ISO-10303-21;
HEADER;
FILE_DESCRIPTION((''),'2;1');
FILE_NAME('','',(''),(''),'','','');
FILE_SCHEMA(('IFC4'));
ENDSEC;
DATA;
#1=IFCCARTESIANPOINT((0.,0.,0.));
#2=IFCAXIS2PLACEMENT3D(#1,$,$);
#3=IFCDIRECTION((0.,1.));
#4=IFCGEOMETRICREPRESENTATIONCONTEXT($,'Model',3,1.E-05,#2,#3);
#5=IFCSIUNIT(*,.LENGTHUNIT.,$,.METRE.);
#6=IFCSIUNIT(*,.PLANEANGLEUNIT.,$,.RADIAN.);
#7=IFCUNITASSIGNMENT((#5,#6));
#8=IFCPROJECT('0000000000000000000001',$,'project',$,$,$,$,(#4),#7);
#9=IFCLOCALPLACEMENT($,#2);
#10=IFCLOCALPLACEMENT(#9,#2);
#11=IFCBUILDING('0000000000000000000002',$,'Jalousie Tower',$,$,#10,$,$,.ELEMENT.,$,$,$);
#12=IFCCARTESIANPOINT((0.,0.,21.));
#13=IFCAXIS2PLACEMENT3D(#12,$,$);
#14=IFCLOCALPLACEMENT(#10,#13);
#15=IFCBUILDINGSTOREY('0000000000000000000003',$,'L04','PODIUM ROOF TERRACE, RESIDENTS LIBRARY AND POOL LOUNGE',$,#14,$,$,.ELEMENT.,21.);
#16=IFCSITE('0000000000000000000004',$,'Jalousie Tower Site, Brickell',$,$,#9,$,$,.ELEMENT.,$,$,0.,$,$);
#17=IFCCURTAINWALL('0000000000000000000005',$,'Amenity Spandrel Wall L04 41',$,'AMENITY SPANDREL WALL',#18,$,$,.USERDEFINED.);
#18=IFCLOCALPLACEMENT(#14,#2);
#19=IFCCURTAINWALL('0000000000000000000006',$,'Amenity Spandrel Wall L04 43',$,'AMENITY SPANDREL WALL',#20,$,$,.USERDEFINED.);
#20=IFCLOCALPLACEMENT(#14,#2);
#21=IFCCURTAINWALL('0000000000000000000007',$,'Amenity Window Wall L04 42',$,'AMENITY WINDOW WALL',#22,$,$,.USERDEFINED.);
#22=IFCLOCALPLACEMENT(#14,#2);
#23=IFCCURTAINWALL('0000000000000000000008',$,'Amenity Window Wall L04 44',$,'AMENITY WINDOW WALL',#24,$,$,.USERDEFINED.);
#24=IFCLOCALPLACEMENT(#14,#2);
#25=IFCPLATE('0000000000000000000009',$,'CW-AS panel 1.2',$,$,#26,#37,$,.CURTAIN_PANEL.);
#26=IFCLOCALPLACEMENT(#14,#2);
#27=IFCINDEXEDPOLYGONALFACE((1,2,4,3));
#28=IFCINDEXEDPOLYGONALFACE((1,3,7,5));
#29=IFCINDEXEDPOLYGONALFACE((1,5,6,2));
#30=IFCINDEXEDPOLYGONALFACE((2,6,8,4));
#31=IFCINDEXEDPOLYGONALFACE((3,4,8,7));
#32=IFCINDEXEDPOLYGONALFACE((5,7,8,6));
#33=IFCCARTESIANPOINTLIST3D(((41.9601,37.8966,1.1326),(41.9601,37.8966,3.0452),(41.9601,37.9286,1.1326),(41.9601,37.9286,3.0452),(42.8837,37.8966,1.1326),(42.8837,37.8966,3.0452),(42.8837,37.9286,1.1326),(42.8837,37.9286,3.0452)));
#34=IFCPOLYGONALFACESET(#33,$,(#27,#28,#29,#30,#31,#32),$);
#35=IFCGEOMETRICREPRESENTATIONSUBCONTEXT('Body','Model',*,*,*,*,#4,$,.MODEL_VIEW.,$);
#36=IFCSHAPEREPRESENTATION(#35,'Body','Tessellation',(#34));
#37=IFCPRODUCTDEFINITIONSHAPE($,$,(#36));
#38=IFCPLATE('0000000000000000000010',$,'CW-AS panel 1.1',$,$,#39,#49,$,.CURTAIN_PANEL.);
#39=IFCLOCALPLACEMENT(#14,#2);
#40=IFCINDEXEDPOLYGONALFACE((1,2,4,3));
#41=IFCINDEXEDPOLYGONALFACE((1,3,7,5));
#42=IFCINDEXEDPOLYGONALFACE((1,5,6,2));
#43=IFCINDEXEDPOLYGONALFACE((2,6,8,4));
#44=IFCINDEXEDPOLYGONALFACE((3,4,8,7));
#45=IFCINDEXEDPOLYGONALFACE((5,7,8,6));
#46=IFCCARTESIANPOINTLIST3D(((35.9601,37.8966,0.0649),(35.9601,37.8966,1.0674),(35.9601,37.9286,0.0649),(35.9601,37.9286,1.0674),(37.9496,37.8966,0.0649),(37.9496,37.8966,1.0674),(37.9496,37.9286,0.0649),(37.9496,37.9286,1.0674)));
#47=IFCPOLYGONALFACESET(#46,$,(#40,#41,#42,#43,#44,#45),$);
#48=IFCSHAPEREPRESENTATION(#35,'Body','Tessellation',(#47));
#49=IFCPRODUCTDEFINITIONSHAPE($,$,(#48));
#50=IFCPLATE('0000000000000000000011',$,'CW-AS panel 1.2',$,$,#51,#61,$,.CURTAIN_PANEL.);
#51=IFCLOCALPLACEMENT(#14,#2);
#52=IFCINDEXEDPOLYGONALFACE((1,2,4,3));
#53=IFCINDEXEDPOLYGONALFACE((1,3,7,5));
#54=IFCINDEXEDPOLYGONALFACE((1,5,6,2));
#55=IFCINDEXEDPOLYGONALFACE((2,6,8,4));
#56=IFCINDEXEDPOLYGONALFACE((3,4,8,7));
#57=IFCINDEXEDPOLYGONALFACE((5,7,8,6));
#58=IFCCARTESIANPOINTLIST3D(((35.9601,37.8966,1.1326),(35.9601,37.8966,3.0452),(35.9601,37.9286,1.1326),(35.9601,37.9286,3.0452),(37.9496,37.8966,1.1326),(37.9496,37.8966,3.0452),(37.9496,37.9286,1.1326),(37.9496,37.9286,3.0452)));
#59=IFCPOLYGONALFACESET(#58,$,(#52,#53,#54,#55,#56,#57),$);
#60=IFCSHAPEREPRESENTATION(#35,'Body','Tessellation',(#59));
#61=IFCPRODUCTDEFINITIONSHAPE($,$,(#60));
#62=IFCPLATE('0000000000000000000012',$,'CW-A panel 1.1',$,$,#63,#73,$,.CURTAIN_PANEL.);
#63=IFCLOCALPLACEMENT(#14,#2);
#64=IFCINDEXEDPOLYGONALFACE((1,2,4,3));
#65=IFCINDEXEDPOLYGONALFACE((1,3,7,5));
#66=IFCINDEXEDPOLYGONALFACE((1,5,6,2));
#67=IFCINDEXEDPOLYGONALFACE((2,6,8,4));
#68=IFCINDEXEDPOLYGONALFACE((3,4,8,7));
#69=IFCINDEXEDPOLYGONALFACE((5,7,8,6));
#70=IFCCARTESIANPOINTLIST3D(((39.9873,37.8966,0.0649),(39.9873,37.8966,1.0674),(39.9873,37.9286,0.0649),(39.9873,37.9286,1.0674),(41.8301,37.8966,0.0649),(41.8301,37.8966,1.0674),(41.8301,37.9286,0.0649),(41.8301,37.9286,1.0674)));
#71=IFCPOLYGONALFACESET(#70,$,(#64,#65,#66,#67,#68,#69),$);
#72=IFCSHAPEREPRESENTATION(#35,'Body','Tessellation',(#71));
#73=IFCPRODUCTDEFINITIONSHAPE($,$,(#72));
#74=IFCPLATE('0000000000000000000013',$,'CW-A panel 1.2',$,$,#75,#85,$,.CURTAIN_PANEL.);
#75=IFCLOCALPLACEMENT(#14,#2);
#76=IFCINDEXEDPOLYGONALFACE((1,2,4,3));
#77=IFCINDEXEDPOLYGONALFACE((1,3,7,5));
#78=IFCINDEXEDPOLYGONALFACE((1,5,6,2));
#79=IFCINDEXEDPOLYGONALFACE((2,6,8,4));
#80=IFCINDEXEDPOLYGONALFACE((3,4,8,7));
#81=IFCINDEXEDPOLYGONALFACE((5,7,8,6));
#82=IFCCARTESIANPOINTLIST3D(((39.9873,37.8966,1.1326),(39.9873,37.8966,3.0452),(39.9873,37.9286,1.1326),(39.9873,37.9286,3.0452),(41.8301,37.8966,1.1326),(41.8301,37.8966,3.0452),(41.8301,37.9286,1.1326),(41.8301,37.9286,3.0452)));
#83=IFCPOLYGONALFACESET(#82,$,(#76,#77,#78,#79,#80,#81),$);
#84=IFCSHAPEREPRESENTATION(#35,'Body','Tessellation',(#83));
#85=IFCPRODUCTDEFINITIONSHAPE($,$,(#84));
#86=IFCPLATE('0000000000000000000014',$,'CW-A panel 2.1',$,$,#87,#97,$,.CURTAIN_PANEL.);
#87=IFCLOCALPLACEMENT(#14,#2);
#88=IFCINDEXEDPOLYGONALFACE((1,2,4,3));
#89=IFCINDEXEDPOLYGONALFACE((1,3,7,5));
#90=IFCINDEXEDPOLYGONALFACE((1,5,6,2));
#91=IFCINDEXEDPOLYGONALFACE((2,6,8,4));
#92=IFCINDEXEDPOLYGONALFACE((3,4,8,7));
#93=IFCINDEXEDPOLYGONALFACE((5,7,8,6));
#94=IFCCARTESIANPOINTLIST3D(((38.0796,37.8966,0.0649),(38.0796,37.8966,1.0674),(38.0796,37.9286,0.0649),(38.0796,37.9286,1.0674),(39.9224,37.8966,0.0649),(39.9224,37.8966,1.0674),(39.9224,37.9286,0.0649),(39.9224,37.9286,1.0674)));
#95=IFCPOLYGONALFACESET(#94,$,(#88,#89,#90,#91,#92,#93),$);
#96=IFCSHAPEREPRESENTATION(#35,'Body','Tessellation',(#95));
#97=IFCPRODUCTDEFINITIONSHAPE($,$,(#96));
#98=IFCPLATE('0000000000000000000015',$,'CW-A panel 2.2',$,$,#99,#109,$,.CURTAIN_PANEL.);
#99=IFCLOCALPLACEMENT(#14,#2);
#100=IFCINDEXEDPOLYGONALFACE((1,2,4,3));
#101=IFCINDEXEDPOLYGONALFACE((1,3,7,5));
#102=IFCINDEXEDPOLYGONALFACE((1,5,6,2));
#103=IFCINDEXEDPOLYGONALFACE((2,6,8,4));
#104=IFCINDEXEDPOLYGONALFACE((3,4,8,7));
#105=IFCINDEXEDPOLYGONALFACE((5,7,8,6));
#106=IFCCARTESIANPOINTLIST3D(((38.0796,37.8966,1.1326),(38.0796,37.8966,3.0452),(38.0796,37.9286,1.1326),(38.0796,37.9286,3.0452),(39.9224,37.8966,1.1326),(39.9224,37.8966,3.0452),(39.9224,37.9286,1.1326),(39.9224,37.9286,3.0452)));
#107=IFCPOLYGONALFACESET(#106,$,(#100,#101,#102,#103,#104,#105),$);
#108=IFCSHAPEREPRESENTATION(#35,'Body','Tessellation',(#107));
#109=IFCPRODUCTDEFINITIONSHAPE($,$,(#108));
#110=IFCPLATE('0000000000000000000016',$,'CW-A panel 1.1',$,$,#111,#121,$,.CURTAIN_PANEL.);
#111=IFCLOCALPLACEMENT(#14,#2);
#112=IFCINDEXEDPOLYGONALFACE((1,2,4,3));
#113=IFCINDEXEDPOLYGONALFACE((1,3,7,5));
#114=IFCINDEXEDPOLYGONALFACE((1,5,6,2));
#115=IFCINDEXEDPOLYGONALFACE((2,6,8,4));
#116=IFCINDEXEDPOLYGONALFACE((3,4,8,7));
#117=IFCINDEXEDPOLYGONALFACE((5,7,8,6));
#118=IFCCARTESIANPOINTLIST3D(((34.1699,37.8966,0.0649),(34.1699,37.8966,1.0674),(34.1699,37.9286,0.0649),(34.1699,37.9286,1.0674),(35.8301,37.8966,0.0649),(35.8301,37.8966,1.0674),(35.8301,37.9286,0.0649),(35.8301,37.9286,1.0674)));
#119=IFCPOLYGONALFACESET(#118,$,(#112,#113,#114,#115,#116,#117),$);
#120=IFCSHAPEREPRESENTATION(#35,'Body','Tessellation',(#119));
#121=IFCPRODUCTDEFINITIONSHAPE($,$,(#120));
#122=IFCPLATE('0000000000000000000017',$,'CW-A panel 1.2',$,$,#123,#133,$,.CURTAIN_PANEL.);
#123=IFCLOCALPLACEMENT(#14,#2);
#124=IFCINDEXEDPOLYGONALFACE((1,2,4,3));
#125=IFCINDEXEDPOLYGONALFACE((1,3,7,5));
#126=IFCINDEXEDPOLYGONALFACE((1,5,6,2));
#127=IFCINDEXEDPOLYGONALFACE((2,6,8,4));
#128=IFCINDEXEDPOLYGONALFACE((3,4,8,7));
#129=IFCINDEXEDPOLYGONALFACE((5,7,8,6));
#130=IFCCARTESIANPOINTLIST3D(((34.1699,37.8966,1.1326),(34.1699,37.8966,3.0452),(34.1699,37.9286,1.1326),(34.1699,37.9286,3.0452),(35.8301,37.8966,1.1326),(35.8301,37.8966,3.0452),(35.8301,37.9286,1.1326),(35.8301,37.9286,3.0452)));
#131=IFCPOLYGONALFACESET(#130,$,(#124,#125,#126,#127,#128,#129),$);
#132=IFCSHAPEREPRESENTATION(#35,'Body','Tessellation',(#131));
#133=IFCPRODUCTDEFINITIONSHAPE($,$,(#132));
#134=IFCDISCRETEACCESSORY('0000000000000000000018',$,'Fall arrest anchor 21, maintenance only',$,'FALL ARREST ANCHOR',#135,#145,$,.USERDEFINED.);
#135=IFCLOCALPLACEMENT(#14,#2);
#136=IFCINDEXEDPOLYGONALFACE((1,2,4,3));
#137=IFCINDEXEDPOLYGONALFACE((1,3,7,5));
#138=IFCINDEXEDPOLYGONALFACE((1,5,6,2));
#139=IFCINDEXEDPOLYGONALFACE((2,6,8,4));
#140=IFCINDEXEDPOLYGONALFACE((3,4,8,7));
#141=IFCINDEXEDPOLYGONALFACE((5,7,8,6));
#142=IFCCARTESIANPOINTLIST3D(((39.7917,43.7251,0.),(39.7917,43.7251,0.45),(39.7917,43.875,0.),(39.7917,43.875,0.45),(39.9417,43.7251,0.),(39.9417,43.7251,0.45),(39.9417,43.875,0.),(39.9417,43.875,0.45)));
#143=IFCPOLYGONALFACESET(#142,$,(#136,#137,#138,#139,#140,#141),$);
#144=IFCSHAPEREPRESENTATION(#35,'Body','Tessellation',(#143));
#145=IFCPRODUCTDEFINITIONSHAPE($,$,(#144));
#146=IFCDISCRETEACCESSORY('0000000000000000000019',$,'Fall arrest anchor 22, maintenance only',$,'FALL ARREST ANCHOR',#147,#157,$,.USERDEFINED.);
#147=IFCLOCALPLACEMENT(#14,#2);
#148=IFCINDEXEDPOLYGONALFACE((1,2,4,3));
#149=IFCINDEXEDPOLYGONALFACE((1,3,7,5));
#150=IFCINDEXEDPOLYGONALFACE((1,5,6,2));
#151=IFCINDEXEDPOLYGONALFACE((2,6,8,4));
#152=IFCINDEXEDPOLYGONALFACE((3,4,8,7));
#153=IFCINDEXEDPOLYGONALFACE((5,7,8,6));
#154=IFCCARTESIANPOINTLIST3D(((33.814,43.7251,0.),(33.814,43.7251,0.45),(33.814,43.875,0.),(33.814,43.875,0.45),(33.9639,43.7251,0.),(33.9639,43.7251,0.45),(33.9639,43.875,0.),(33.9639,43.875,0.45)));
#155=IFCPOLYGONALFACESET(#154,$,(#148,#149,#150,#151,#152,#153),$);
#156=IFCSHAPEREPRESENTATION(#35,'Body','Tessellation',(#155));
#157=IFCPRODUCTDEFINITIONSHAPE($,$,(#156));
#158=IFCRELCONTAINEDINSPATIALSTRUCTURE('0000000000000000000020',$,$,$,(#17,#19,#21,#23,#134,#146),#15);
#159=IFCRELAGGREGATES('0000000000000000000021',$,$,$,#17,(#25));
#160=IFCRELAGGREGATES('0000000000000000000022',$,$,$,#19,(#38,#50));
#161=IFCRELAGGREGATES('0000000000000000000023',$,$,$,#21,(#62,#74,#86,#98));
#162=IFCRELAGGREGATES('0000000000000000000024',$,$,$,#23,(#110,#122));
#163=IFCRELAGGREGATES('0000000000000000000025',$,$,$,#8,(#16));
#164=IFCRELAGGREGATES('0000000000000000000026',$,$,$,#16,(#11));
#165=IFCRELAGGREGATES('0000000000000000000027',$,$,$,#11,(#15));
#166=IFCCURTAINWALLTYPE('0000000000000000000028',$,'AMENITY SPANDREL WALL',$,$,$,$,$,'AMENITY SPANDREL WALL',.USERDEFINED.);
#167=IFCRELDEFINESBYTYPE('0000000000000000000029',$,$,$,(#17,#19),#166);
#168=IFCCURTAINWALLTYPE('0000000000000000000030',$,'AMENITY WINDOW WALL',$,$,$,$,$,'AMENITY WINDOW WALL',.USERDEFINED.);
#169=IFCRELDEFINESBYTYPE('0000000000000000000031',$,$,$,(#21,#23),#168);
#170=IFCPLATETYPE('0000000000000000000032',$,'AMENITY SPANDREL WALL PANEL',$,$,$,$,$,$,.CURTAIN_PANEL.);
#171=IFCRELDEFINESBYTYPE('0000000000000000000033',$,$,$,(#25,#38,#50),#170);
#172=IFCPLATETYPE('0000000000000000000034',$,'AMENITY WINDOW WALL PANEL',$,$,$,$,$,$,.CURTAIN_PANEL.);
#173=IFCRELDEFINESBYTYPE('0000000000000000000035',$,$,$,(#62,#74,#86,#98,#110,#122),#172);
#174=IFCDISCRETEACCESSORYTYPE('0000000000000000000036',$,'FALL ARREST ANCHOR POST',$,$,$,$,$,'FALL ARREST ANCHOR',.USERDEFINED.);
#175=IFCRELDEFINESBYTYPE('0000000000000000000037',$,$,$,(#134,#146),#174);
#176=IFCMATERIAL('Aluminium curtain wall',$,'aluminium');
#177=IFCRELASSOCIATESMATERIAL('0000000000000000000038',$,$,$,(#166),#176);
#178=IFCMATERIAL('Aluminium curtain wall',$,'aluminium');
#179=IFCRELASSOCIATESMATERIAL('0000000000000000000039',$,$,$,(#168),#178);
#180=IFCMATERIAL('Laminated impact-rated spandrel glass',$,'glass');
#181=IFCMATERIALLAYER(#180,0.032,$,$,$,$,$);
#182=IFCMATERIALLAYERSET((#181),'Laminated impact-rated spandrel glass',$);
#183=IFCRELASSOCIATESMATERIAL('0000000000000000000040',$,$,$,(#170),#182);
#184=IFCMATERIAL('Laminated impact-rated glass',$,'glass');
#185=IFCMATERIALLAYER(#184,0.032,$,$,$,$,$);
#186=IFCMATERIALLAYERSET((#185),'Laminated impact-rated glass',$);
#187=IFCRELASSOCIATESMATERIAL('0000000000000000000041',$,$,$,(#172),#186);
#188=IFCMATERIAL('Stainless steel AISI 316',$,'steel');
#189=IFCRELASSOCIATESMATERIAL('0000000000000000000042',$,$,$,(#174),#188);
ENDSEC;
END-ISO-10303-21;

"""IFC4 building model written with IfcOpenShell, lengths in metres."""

from ifc_helpers import new_model, si_unit, direction, frame, origin, origin_2d, place, context, subcontext, project, spatial, rectangle, extrude, material, layer, layer_set, type_object, element, aggregate, save


model = new_model("IFC4")

# Units and contexts
model_context = context("Model", 3, precision=1e-05, world=origin(), true_north=direction((0.0, 1.0)))
body_context = subcontext(model_context, "Body", "Model", "MODEL_VIEW")
ifc_project = project(units=[si_unit("LENGTHUNIT", "METRE"), si_unit("PLANEANGLEUNIT", "RADIAN")], contexts=[model_context])

# Site, building, storey
site_placement = place(None, origin())
site = spatial("IfcSite", under=ifc_project, at=site_placement, Name="Jalousie Tower Site, Brickell", CompositionType="ELEMENT", RefElevation=0.0)
building_placement = place(site_placement, origin())
building = spatial("IfcBuilding", under=site, at=building_placement, Name="Jalousie Tower", CompositionType="ELEMENT")
storey_placement = place(building_placement, frame((0.0, 0.0, 21.0)))
storey = spatial("IfcBuildingStorey", under=building, at=storey_placement, Name="L04", Description="PODIUM ROOF TERRACE, RESIDENTS LIBRARY AND POOL LOUNGE", CompositionType="ELEMENT", Elevation=21.0)

# Curtain walls
ifc_material_1 = material(Name="Aluminium curtain wall", Category="aluminium")
curtain_wall_type_1 = type_object("IfcCurtainWallType", Name="AMENITY SPANDREL WALL", ElementType="AMENITY SPANDREL WALL", PredefinedType="USERDEFINED", material=ifc_material_1)
curtain_wall_1_placement = place(storey_placement, origin())
curtain_wall_1 = element("IfcCurtainWall", 1, at=curtain_wall_1_placement, inside=storey, type_object=curtain_wall_type_1, Name="Amenity Spandrel Wall L04 41", ObjectType="AMENITY SPANDREL WALL", PredefinedType="USERDEFINED")
curtain_wall_2_placement = place(storey_placement, origin())
curtain_wall_2 = element("IfcCurtainWall", 2, at=curtain_wall_2_placement, inside=storey, type_object=curtain_wall_type_1, Name="Amenity Spandrel Wall L04 43", ObjectType="AMENITY SPANDREL WALL", PredefinedType="USERDEFINED")

# Curtain walls
ifc_material_2 = material(Name="Aluminium curtain wall", Category="aluminium")
curtain_wall_type_2 = type_object("IfcCurtainWallType", Name="AMENITY WINDOW WALL", ElementType="AMENITY WINDOW WALL", PredefinedType="USERDEFINED", material=ifc_material_2)
curtain_wall_3_placement = place(storey_placement, origin())
curtain_wall_3 = element("IfcCurtainWall", 3, at=curtain_wall_3_placement, inside=storey, type_object=curtain_wall_type_2, Name="Amenity Window Wall L04 42", ObjectType="AMENITY WINDOW WALL", PredefinedType="USERDEFINED")
curtain_wall_4_placement = place(storey_placement, origin())
curtain_wall_4 = element("IfcCurtainWall", 4, at=curtain_wall_4_placement, inside=storey, type_object=curtain_wall_type_2, Name="Amenity Window Wall L04 44", ObjectType="AMENITY WINDOW WALL", PredefinedType="USERDEFINED")

# Plates
ifc_material_3 = material(Name="Laminated impact-rated spandrel glass", Category="glass")
ifc_layer_1 = layer(ifc_material_3, 0.032)
ifc_layer_set_1 = layer_set([ifc_layer_1], Name="Laminated impact-rated spandrel glass")
plate_type_1 = type_object("IfcPlateType", Name="AMENITY SPANDREL WALL PANEL", PredefinedType="CURTAIN_PANEL", material=ifc_layer_set_1)
plate_1_placement = place(storey_placement, frame((42.4219, 37.9126, 1.1326), z_axis=(0.0, 0.0, 1.0), x_axis=(-1.0, 0.0, 0.0)))
plate_1 = element("IfcPlate", 5, at=plate_1_placement, type_object=plate_type_1, Name="CW-AS panel 1.2", PredefinedType="CURTAIN_PANEL", context=body_context, shape_type="SweptSolid", body=[
    extrude(rectangle(XDim=0.9236, YDim=0.032, at=origin_2d()), origin(), (0.0, 0.0, 1.0), 1.9126),
])
aggregate(curtain_wall_1, [plate_1])
plate_2_placement = place(storey_placement, frame((36.9548, 37.9126, 0.0649), z_axis=(0.0, 0.0, 1.0), x_axis=(-1.0, 0.0, 0.0)))
plate_2 = element("IfcPlate", 6, at=plate_2_placement, type_object=plate_type_1, Name="CW-AS panel 1.1", PredefinedType="CURTAIN_PANEL", context=body_context, shape_type="SweptSolid", body=[
    extrude(rectangle(XDim=1.9895, YDim=0.032, at=origin_2d()), origin(), (0.0, 0.0, 1.0), 1.0024),
])
plate_3_placement = place(storey_placement, frame((36.9548, 37.9126, 1.1326), z_axis=(0.0, 0.0, 1.0), x_axis=(-1.0, 0.0, 0.0)))
plate_3 = element("IfcPlate", 7, at=plate_3_placement, type_object=plate_type_1, Name="CW-AS panel 1.2", PredefinedType="CURTAIN_PANEL", context=body_context, shape_type="SweptSolid", body=[
    extrude(rectangle(XDim=1.9895, YDim=0.032, at=origin_2d()), origin(), (0.0, 0.0, 1.0), 1.9126),
])
aggregate(curtain_wall_2, [plate_2, plate_3])
ifc_material_4 = material(Name="Laminated impact-rated glass", Category="glass")
ifc_layer_2 = layer(ifc_material_4, 0.032)
ifc_layer_set_2 = layer_set([ifc_layer_2], Name="Laminated impact-rated glass")
plate_type_2 = type_object("IfcPlateType", Name="AMENITY WINDOW WALL PANEL", PredefinedType="CURTAIN_PANEL", material=ifc_layer_set_2)
plate_4_placement = place(storey_placement, frame((40.9087, 37.9126, 0.0649), z_axis=(0.0, 0.0, 1.0), x_axis=(-1.0, 0.0, 0.0)))
plate_4 = element("IfcPlate", 8, at=plate_4_placement, type_object=plate_type_2, Name="CW-A panel 1.1", PredefinedType="CURTAIN_PANEL", context=body_context, shape_type="SweptSolid", body=[
    extrude(rectangle(XDim=1.8428, YDim=0.032, at=origin_2d()), origin(), (0.0, 0.0, 1.0), 1.0024),
])
plate_5_placement = place(storey_placement, frame((40.9087, 37.9126, 1.1326), z_axis=(0.0, 0.0, 1.0), x_axis=(-1.0, 0.0, 0.0)))
plate_5 = element("IfcPlate", 9, at=plate_5_placement, type_object=plate_type_2, Name="CW-A panel 1.2", PredefinedType="CURTAIN_PANEL", context=body_context, shape_type="SweptSolid", body=[
    extrude(rectangle(XDim=1.8428, YDim=0.032, at=origin_2d()), origin(), (0.0, 0.0, 1.0), 1.9126),
])
plate_6_placement = place(storey_placement, frame((39.001, 37.9126, 0.0649), z_axis=(0.0, 0.0, 1.0), x_axis=(-1.0, 0.0, 0.0)))
plate_6 = element("IfcPlate", 10, at=plate_6_placement, type_object=plate_type_2, Name="CW-A panel 2.1", PredefinedType="CURTAIN_PANEL", context=body_context, shape_type="SweptSolid", body=[
    extrude(rectangle(XDim=1.8428, YDim=0.032, at=origin_2d()), origin(), (0.0, 0.0, 1.0), 1.0024),
])
plate_7_placement = place(storey_placement, frame((39.001, 37.9126, 1.1326), z_axis=(0.0, 0.0, 1.0), x_axis=(-1.0, 0.0, 0.0)))
plate_7 = element("IfcPlate", 11, at=plate_7_placement, type_object=plate_type_2, Name="CW-A panel 2.2", PredefinedType="CURTAIN_PANEL", context=body_context, shape_type="SweptSolid", body=[
    extrude(rectangle(XDim=1.8428, YDim=0.032, at=origin_2d()), origin(), (0.0, 0.0, 1.0), 1.9126),
])
aggregate(curtain_wall_3, [plate_4, plate_5, plate_6, plate_7])
plate_8_placement = place(storey_placement, frame((35.0, 37.9126, 0.0649), z_axis=(0.0, 0.0, 1.0), x_axis=(-1.0, 0.0, 0.0)))
plate_8 = element("IfcPlate", 12, at=plate_8_placement, type_object=plate_type_2, Name="CW-A panel 1.1", PredefinedType="CURTAIN_PANEL", context=body_context, shape_type="SweptSolid", body=[
    extrude(rectangle(XDim=1.6602, YDim=0.032, at=origin_2d()), origin(), (0.0, 0.0, 1.0), 1.0024),
])
plate_9_placement = place(storey_placement, frame((35.0, 37.9126, 1.1326), z_axis=(0.0, 0.0, 1.0), x_axis=(-1.0, 0.0, 0.0)))
plate_9 = element("IfcPlate", 13, at=plate_9_placement, type_object=plate_type_2, Name="CW-A panel 1.2", PredefinedType="CURTAIN_PANEL", context=body_context, shape_type="SweptSolid", body=[
    extrude(rectangle(XDim=1.6602, YDim=0.032, at=origin_2d()), origin(), (0.0, 0.0, 1.0), 1.9126),
])
aggregate(curtain_wall_4, [plate_8, plate_9])

# Discrete accessories
ifc_material_5 = material(Name="Stainless steel AISI 316", Category="steel")
discrete_accessory_type = type_object("IfcDiscreteAccessoryType", Name="FALL ARREST ANCHOR POST", ElementType="FALL ARREST ANCHOR", PredefinedType="USERDEFINED", material=ifc_material_5)
for number, where, z_axis, x_axis, name in (
    (14, (39.8667, 43.8, 0.0), (0.0, 0.0, 1.0), (1.0, 0.0, 0.0), "Fall arrest anchor 21, maintenance only"),
    (15, (33.8889, 43.8, 0.0), (0.0, 0.0, 1.0), (1.0, 0.0, 0.0), "Fall arrest anchor 22, maintenance only"),
):
    element("IfcDiscreteAccessory", number, at=place(storey_placement, frame(where, z_axis=z_axis, x_axis=x_axis)), inside=storey, type_object=discrete_accessory_type, Name=name, ObjectType="FALL ARREST ANCHOR", PredefinedType="USERDEFINED", context=body_context, shape_type="SweptSolid", body=[
        extrude(rectangle(XDim=0.1499, YDim=0.1499, at=origin_2d()), origin(), (0.0, 0.0, 1.0), 0.45),
    ])

save(model, "model.ifc")
